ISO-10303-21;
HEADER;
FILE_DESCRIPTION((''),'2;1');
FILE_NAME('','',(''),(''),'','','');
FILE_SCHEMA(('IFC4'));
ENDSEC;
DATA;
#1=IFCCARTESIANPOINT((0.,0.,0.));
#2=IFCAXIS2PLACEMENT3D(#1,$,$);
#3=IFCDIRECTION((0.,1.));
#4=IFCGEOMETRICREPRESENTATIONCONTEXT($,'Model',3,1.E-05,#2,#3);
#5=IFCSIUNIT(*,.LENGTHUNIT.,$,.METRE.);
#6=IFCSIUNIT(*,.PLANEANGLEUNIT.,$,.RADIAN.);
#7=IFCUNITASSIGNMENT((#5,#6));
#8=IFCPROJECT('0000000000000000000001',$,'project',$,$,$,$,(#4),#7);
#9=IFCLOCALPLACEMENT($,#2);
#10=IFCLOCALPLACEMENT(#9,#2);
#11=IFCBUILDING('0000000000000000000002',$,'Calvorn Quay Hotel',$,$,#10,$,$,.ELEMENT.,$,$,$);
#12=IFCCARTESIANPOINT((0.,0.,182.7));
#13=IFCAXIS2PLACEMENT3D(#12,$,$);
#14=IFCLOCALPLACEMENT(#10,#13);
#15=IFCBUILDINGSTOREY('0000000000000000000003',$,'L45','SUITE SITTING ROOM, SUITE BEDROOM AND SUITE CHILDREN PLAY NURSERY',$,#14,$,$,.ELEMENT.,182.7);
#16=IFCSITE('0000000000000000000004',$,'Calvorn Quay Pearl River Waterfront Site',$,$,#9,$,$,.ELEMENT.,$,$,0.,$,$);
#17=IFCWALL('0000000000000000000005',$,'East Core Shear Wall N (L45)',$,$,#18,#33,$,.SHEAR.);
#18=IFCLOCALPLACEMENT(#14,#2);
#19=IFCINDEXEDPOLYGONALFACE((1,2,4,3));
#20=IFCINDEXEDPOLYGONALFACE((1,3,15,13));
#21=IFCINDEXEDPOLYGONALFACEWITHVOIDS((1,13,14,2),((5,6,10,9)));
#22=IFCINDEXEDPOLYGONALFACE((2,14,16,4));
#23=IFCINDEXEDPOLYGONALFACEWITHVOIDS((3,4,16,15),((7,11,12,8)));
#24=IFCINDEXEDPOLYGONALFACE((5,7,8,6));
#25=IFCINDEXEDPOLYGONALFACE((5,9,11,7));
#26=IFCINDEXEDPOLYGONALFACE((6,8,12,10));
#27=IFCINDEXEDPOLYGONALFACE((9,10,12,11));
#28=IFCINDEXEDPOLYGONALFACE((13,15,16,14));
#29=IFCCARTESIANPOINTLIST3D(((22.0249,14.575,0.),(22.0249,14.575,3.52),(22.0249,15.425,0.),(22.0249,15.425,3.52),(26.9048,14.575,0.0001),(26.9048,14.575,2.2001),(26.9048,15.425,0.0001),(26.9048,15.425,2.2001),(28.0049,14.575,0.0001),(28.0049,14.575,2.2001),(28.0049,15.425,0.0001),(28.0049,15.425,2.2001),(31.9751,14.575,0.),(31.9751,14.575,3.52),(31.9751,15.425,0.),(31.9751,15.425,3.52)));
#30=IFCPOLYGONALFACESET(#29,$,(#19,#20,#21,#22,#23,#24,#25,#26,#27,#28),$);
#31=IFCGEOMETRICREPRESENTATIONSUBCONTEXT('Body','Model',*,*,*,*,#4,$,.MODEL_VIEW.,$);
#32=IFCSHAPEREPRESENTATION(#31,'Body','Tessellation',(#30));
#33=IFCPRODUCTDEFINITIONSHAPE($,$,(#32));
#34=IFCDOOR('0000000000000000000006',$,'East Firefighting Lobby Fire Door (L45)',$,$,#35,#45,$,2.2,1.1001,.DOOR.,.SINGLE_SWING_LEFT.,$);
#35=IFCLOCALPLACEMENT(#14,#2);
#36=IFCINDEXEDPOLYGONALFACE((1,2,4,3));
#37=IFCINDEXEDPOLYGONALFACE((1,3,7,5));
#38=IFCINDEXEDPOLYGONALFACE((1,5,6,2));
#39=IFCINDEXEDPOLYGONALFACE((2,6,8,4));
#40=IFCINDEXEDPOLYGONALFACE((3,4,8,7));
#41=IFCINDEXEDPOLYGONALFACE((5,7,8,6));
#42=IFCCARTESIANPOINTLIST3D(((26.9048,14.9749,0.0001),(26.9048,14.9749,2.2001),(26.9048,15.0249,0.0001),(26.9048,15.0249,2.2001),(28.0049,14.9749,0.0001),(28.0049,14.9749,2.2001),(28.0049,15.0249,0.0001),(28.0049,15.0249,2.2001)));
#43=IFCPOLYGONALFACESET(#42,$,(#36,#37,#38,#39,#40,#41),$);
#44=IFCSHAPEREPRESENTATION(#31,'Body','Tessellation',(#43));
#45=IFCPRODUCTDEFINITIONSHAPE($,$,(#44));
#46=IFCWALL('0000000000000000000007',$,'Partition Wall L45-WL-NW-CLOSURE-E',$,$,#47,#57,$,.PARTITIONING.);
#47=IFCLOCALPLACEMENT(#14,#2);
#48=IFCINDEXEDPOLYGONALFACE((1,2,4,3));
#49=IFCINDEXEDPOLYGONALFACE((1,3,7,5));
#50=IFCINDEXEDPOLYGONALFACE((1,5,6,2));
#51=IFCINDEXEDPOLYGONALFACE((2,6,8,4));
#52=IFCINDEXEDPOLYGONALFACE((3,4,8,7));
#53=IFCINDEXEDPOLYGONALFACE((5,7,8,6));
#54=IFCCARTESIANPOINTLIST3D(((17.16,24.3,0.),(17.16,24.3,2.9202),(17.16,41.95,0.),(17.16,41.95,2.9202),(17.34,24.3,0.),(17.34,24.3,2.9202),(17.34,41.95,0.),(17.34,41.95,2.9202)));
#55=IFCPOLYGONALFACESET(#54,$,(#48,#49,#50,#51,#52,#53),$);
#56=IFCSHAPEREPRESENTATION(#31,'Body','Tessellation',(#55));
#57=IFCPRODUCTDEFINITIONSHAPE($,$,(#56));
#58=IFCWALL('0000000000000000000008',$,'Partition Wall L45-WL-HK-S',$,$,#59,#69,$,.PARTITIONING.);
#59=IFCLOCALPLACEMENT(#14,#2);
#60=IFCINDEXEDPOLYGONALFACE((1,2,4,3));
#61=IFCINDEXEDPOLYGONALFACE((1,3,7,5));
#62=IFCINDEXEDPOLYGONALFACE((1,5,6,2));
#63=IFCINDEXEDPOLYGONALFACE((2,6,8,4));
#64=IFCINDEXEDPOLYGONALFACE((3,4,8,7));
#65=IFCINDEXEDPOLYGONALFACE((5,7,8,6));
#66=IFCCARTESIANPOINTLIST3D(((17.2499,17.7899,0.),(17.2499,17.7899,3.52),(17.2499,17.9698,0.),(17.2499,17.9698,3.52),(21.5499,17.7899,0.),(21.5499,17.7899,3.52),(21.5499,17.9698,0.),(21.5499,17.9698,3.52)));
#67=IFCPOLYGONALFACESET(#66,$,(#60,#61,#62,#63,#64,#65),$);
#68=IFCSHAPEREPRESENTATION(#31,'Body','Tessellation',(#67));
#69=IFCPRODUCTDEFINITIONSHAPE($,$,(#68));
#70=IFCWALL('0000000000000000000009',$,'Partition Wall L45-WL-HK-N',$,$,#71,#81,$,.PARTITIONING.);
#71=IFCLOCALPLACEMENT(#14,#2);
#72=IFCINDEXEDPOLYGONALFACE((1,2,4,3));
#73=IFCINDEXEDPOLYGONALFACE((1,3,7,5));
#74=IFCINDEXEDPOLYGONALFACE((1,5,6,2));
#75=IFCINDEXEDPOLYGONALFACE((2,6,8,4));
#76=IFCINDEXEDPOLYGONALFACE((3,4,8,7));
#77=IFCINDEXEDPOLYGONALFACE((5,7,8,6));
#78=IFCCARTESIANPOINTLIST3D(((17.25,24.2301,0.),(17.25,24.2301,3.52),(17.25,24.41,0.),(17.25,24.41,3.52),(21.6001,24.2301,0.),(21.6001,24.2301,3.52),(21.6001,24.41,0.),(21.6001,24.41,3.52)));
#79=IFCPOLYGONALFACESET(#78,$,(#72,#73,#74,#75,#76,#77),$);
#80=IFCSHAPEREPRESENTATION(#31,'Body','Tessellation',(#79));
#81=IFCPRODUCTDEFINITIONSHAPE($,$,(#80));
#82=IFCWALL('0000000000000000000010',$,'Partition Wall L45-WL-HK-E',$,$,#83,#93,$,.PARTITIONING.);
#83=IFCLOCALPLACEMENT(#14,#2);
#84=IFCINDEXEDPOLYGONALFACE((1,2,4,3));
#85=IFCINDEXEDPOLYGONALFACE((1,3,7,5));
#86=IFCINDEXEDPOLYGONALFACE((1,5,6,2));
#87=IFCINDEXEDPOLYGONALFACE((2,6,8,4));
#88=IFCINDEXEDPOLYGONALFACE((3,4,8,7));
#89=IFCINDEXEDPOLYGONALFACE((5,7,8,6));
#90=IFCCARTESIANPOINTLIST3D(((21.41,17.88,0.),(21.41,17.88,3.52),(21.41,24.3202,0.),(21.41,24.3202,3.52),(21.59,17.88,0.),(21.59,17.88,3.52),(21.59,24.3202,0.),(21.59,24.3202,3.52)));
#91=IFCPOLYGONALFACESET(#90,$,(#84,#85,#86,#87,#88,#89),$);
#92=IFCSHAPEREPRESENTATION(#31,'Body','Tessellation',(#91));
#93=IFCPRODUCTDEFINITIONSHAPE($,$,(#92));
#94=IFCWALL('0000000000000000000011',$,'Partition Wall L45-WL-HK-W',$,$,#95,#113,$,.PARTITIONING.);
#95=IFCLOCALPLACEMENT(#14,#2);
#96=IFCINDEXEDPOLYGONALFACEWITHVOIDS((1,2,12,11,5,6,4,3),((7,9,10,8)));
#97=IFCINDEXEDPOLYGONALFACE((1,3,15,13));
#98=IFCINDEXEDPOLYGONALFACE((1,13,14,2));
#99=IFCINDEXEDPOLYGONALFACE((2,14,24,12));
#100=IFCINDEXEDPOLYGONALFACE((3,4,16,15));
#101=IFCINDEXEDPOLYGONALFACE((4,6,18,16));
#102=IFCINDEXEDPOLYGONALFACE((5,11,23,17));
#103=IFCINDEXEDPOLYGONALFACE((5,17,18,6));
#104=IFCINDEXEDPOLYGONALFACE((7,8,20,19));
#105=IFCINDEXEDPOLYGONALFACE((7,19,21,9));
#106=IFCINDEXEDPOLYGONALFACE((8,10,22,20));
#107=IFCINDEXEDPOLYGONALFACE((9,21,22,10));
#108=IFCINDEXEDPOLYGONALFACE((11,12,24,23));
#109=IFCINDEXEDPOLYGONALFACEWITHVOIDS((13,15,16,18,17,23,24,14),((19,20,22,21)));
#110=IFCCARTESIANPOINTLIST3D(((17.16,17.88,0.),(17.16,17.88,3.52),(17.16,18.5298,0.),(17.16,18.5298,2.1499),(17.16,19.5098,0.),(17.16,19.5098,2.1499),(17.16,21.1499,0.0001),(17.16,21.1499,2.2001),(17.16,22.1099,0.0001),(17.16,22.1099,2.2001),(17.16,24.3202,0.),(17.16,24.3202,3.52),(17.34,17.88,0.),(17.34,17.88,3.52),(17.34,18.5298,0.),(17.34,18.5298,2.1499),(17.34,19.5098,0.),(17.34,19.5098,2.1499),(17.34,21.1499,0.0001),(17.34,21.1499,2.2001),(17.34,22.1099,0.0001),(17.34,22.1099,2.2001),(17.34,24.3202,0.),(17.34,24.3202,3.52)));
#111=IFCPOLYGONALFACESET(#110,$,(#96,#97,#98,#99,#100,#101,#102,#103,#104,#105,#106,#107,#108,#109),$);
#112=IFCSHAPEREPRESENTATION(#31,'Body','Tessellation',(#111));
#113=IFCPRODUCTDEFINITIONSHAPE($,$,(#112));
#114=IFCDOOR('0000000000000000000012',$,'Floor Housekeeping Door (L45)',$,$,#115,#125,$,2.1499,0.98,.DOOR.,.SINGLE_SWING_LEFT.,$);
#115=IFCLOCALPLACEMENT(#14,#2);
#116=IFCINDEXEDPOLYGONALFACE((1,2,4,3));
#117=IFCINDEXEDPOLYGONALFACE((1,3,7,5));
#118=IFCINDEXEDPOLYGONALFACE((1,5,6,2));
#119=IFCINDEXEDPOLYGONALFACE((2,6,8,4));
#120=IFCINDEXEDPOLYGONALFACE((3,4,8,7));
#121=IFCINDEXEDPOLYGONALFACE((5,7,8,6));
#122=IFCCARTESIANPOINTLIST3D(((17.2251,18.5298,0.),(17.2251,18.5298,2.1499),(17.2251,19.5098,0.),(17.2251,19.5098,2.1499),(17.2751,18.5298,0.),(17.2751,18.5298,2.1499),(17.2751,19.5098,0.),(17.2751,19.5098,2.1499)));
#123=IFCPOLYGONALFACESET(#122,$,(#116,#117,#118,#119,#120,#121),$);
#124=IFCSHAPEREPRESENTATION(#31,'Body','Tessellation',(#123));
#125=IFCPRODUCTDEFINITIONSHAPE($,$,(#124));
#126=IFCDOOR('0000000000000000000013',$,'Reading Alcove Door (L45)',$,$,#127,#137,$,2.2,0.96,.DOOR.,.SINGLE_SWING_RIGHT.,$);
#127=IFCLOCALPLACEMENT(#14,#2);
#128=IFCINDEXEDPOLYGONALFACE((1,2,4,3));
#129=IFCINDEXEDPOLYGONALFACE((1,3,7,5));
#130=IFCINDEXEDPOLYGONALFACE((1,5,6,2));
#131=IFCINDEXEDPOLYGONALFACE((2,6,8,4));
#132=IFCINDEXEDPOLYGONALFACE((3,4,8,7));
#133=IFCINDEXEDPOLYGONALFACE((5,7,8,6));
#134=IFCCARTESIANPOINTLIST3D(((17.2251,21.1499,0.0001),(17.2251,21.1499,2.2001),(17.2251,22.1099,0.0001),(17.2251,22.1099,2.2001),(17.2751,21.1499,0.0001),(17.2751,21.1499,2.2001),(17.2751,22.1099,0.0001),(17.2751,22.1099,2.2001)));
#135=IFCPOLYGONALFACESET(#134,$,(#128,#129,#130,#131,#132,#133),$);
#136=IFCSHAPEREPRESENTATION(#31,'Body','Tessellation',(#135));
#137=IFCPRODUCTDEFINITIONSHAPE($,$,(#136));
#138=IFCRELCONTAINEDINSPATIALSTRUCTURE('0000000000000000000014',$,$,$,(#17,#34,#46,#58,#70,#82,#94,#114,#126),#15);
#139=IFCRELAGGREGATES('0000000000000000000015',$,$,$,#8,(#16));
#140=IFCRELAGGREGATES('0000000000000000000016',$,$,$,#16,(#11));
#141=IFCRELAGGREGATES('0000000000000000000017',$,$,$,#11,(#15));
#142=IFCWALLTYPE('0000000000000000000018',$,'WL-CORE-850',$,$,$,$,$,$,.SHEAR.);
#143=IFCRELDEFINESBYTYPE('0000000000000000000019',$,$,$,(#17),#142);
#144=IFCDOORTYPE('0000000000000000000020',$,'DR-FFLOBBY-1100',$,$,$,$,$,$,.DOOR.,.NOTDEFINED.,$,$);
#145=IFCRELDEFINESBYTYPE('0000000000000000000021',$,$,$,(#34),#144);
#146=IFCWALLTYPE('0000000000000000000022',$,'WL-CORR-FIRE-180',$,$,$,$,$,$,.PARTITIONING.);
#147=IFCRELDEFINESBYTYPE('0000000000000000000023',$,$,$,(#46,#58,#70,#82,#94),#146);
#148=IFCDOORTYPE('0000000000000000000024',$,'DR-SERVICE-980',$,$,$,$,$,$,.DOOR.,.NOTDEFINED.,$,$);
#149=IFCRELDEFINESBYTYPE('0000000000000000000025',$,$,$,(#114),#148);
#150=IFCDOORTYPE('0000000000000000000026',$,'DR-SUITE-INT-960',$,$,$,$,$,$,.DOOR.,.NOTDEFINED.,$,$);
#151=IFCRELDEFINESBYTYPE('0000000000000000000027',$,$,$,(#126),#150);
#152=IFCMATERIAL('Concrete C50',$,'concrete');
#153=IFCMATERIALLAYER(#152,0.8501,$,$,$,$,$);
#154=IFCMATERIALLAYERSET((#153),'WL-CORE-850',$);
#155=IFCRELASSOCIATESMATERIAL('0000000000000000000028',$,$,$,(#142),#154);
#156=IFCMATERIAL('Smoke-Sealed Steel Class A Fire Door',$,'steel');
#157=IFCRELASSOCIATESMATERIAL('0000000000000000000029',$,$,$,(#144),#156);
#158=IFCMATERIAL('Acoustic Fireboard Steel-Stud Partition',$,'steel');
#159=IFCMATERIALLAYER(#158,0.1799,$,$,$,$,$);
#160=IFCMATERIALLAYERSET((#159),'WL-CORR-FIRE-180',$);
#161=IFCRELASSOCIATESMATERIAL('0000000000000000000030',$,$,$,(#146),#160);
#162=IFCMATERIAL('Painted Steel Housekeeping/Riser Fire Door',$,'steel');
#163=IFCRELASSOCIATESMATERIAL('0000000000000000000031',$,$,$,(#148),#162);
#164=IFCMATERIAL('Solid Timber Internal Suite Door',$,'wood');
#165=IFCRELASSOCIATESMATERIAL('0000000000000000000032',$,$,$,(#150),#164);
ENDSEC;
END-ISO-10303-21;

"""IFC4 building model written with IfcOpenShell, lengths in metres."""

from ifc_helpers import new_model, si_unit, direction, frame, frame_2d, origin, place, context, subcontext, project, spatial, rectangle, extrude, material, layer, layer_set, type_object, element, fill, save


model = new_model("IFC4")

# Units and contexts
model_context = context("Model", 3, precision=1e-05, world=origin(), true_north=direction((0.0, 1.0)))
body_context = subcontext(model_context, "Body", "Model", "MODEL_VIEW")
ifc_project = project(units=[si_unit("LENGTHUNIT", "METRE"), si_unit("PLANEANGLEUNIT", "RADIAN")], contexts=[model_context])

# Site, building, storey
site_placement = place(None, origin())
site = spatial("IfcSite", under=ifc_project, at=site_placement, Name="Calvorn Quay Pearl River Waterfront Site", CompositionType="ELEMENT", RefElevation=0.0)
building_placement = place(site_placement, origin())
building = spatial("IfcBuilding", under=site, at=building_placement, Name="Calvorn Quay Hotel", CompositionType="ELEMENT")
storey_placement = place(building_placement, frame((0.0, 0.0, 182.7)))
storey = spatial("IfcBuildingStorey", under=building, at=storey_placement, Name="L45", Description="SUITE SITTING ROOM, SUITE BEDROOM AND SUITE CHILDREN PLAY NURSERY", CompositionType="ELEMENT", Elevation=182.7)

# Wall, opening, door
ifc_material_1 = material(Name="Concrete C50", Category="concrete")
ifc_layer_1 = layer(ifc_material_1, 0.8501)
ifc_layer_set_1 = layer_set([ifc_layer_1], Name="WL-CORE-850")
wall_type_1 = type_object("IfcWallType", Name="WL-CORE-850", PredefinedType="SHEAR", material=ifc_layer_set_1)
wall_1_placement = place(storey_placement, frame((22.0249, 15.0, 0.0), z_axis=(0.0, 0.0, 1.0), x_axis=(1.0, 0.0, 0.0)))
wall_1 = element("IfcWall", 1, at=wall_1_placement, inside=storey, type_object=wall_type_1, Name="East Core Shear Wall N (L45)", PredefinedType="SHEAR", context=body_context, shape_type="SweptSolid", body=[
    extrude(rectangle(XDim=9.9502, YDim=0.8501, at=frame_2d((4.9751, 0.0))), origin(), (0.0, 0.0, 1.0), 3.52),
])
opening_1_placement = place(wall_1_placement, frame((4.8799, 0.0, 0.0)))
opening_1 = element("IfcOpeningElement", 2, at=opening_1_placement, cuts=wall_1, PredefinedType="OPENING", context=body_context, shape_type="SweptSolid", body=[
    extrude(rectangle(XDim=1.1001, YDim=2.2, at=frame_2d((0.55, 1.1001))), frame((0.0, 0.4351, 0.0), z_axis=(0.0, -1.0, 0.0), x_axis=(1.0, 0.0, 0.0)), (0.0, 0.0, 1.0), 0.8701),
])
ifc_material_2 = material(Name="Smoke-Sealed Steel Class A Fire Door", Category="steel")
door_type_1 = type_object("IfcDoorType", Name="DR-FFLOBBY-1100", OperationType="NOTDEFINED", PredefinedType="DOOR", material=ifc_material_2)
door_1_placement = place(opening_1_placement, origin())
door_1 = element("IfcDoor", 3, at=door_1_placement, inside=storey, type_object=door_type_1, Name="East Firefighting Lobby Fire Door (L45)", OperationType="SINGLE_SWING_LEFT", OverallHeight=2.2, OverallWidth=1.1001, PredefinedType="DOOR", context=body_context, shape_type="SweptSolid", body=[
    extrude(rectangle(XDim=1.1001, YDim=2.2, at=frame_2d((0.55, 1.1001))), frame((0.0, 0.0249, 0.0), z_axis=(0.0, -1.0, 0.0), x_axis=(1.0, 0.0, 0.0)), (0.0, 0.0, 1.0), 0.05),
])
fill(opening_1, door_1)

# Walls
ifc_material_3 = material(Name="Acoustic Fireboard Steel-Stud Partition", Category="steel")
ifc_layer_2 = layer(ifc_material_3, 0.1799)
ifc_layer_set_2 = layer_set([ifc_layer_2], Name="WL-CORR-FIRE-180")
wall_type_2 = type_object("IfcWallType", Name="WL-CORR-FIRE-180", PredefinedType="PARTITIONING", material=ifc_layer_set_2)
wall_2_placement = place(storey_placement, frame((17.25, 24.3, 0.0), z_axis=(0.0, 0.0, 1.0), x_axis=(0.0, 1.0, 0.0)))
element("IfcWall", 4, at=wall_2_placement, inside=storey, type_object=wall_type_2, Name="Partition Wall L45-WL-NW-CLOSURE-E", PredefinedType="PARTITIONING", context=body_context, shape_type="SweptSolid", body=[
    extrude(rectangle(XDim=17.6499, YDim=0.1799, at=frame_2d((8.825, 0.0))), origin(), (0.0, 0.0, 1.0), 2.9202),
])
wall_3_placement = place(storey_placement, frame((17.25, 17.8799, 0.0), z_axis=(0.0, 0.0, 1.0), x_axis=(1.0, 0.0, 0.0)))
element("IfcWall", 5, at=wall_3_placement, inside=storey, type_object=wall_type_2, Name="Partition Wall L45-WL-HK-S", PredefinedType="PARTITIONING", context=body_context, shape_type="SweptSolid", body=[
    extrude(rectangle(XDim=4.3, YDim=0.1799, at=frame_2d((2.1499, 0.0))), origin(), (0.0, 0.0, 1.0), 3.52),
])
wall_4_placement = place(storey_placement, frame((17.25, 24.3201, 0.0), z_axis=(0.0, 0.0, 1.0), x_axis=(1.0, 0.0, 0.0)))
element("IfcWall", 6, at=wall_4_placement, inside=storey, type_object=wall_type_2, Name="Partition Wall L45-WL-HK-N", PredefinedType="PARTITIONING", context=body_context, shape_type="SweptSolid", body=[
    extrude(rectangle(XDim=4.3501, YDim=0.1799, at=frame_2d((2.175, 0.0))), origin(), (0.0, 0.0, 1.0), 3.52),
])
wall_5_placement = place(storey_placement, frame((21.5, 17.8799, 0.0), z_axis=(0.0, 0.0, 1.0), x_axis=(0.0, 1.0, 0.0)))
element("IfcWall", 7, at=wall_5_placement, inside=storey, type_object=wall_type_2, Name="Partition Wall L45-WL-HK-E", PredefinedType="PARTITIONING", context=body_context, shape_type="SweptSolid", body=[
    extrude(rectangle(XDim=6.4402, YDim=0.1799, at=frame_2d((3.2202, 0.0))), origin(), (0.0, 0.0, 1.0), 3.52),
])

# Wall, openings, doors
wall_6_placement = place(storey_placement, frame((17.25, 17.8799, 0.0), z_axis=(0.0, 0.0, 1.0), x_axis=(0.0, 1.0, 0.0)))
wall_6 = element("IfcWall", 8, at=wall_6_placement, inside=storey, type_object=wall_type_2, Name="Partition Wall L45-WL-HK-W", PredefinedType="PARTITIONING", context=body_context, shape_type="SweptSolid", body=[
    extrude(rectangle(XDim=6.4402, YDim=0.1799, at=frame_2d((3.2202, 0.0))), origin(), (0.0, 0.0, 1.0), 3.52),
])
opening_2_placement = place(wall_6_placement, frame((0.6499, 0.0, 0.0)))
opening_2 = element("IfcOpeningElement", 9, at=opening_2_placement, cuts=wall_6, PredefinedType="OPENING", context=body_context, shape_type="SweptSolid", body=[
    extrude(rectangle(XDim=0.98, YDim=2.1499, at=frame_2d((0.49, 1.075))), frame((0.0, 0.0999, 0.0), z_axis=(0.0, -1.0, 0.0), x_axis=(1.0, 0.0, 0.0)), (0.0, 0.0, 1.0), 0.2),
])
opening_3_placement = place(wall_6_placement, frame((3.27, 0.0, 0.0)))
opening_3 = element("IfcOpeningElement", 10, at=opening_3_placement, cuts=wall_6, PredefinedType="OPENING", context=body_context, shape_type="SweptSolid", body=[
    extrude(rectangle(XDim=0.96, YDim=2.2, at=frame_2d((0.48, 1.1001))), frame((0.0, 0.0999, 0.0), z_axis=(0.0, -1.0, 0.0), x_axis=(1.0, 0.0, 0.0)), (0.0, 0.0, 1.0), 0.2),
])
ifc_material_4 = material(Name="Painted Steel Housekeeping/Riser Fire Door", Category="steel")
door_type_2 = type_object("IfcDoorType", Name="DR-SERVICE-980", OperationType="NOTDEFINED", PredefinedType="DOOR", material=ifc_material_4)
door_2_placement = place(opening_2_placement, origin())
door_2 = element("IfcDoor", 11, at=door_2_placement, inside=storey, type_object=door_type_2, Name="Floor Housekeeping Door (L45)", OperationType="SINGLE_SWING_LEFT", OverallHeight=2.1499, OverallWidth=0.98, PredefinedType="DOOR", context=body_context, shape_type="SweptSolid", body=[
    extrude(rectangle(XDim=0.98, YDim=2.1499, at=frame_2d((0.49, 1.075))), frame((0.0, 0.0249, 0.0), z_axis=(0.0, -1.0, 0.0), x_axis=(1.0, 0.0, 0.0)), (0.0, 0.0, 1.0), 0.05),
])
fill(opening_2, door_2)
ifc_material_5 = material(Name="Solid Timber Internal Suite Door", Category="wood")
door_type_3 = type_object("IfcDoorType", Name="DR-SUITE-INT-960", OperationType="NOTDEFINED", PredefinedType="DOOR", material=ifc_material_5)
door_3_placement = place(opening_3_placement, origin())
door_3 = element("IfcDoor", 12, at=door_3_placement, inside=storey, type_object=door_type_3, Name="Reading Alcove Door (L45)", OperationType="SINGLE_SWING_RIGHT", OverallHeight=2.2, OverallWidth=0.96, PredefinedType="DOOR", context=body_context, shape_type="SweptSolid", body=[
    extrude(rectangle(XDim=0.96, YDim=2.2, at=frame_2d((0.48, 1.1001))), frame((0.0, 0.0249, 0.0), z_axis=(0.0, -1.0, 0.0), x_axis=(1.0, 0.0, 0.0)), (0.0, 0.0, 1.0), 0.05),
])
fill(opening_3, door_3)

save(model, "model.ifc")
